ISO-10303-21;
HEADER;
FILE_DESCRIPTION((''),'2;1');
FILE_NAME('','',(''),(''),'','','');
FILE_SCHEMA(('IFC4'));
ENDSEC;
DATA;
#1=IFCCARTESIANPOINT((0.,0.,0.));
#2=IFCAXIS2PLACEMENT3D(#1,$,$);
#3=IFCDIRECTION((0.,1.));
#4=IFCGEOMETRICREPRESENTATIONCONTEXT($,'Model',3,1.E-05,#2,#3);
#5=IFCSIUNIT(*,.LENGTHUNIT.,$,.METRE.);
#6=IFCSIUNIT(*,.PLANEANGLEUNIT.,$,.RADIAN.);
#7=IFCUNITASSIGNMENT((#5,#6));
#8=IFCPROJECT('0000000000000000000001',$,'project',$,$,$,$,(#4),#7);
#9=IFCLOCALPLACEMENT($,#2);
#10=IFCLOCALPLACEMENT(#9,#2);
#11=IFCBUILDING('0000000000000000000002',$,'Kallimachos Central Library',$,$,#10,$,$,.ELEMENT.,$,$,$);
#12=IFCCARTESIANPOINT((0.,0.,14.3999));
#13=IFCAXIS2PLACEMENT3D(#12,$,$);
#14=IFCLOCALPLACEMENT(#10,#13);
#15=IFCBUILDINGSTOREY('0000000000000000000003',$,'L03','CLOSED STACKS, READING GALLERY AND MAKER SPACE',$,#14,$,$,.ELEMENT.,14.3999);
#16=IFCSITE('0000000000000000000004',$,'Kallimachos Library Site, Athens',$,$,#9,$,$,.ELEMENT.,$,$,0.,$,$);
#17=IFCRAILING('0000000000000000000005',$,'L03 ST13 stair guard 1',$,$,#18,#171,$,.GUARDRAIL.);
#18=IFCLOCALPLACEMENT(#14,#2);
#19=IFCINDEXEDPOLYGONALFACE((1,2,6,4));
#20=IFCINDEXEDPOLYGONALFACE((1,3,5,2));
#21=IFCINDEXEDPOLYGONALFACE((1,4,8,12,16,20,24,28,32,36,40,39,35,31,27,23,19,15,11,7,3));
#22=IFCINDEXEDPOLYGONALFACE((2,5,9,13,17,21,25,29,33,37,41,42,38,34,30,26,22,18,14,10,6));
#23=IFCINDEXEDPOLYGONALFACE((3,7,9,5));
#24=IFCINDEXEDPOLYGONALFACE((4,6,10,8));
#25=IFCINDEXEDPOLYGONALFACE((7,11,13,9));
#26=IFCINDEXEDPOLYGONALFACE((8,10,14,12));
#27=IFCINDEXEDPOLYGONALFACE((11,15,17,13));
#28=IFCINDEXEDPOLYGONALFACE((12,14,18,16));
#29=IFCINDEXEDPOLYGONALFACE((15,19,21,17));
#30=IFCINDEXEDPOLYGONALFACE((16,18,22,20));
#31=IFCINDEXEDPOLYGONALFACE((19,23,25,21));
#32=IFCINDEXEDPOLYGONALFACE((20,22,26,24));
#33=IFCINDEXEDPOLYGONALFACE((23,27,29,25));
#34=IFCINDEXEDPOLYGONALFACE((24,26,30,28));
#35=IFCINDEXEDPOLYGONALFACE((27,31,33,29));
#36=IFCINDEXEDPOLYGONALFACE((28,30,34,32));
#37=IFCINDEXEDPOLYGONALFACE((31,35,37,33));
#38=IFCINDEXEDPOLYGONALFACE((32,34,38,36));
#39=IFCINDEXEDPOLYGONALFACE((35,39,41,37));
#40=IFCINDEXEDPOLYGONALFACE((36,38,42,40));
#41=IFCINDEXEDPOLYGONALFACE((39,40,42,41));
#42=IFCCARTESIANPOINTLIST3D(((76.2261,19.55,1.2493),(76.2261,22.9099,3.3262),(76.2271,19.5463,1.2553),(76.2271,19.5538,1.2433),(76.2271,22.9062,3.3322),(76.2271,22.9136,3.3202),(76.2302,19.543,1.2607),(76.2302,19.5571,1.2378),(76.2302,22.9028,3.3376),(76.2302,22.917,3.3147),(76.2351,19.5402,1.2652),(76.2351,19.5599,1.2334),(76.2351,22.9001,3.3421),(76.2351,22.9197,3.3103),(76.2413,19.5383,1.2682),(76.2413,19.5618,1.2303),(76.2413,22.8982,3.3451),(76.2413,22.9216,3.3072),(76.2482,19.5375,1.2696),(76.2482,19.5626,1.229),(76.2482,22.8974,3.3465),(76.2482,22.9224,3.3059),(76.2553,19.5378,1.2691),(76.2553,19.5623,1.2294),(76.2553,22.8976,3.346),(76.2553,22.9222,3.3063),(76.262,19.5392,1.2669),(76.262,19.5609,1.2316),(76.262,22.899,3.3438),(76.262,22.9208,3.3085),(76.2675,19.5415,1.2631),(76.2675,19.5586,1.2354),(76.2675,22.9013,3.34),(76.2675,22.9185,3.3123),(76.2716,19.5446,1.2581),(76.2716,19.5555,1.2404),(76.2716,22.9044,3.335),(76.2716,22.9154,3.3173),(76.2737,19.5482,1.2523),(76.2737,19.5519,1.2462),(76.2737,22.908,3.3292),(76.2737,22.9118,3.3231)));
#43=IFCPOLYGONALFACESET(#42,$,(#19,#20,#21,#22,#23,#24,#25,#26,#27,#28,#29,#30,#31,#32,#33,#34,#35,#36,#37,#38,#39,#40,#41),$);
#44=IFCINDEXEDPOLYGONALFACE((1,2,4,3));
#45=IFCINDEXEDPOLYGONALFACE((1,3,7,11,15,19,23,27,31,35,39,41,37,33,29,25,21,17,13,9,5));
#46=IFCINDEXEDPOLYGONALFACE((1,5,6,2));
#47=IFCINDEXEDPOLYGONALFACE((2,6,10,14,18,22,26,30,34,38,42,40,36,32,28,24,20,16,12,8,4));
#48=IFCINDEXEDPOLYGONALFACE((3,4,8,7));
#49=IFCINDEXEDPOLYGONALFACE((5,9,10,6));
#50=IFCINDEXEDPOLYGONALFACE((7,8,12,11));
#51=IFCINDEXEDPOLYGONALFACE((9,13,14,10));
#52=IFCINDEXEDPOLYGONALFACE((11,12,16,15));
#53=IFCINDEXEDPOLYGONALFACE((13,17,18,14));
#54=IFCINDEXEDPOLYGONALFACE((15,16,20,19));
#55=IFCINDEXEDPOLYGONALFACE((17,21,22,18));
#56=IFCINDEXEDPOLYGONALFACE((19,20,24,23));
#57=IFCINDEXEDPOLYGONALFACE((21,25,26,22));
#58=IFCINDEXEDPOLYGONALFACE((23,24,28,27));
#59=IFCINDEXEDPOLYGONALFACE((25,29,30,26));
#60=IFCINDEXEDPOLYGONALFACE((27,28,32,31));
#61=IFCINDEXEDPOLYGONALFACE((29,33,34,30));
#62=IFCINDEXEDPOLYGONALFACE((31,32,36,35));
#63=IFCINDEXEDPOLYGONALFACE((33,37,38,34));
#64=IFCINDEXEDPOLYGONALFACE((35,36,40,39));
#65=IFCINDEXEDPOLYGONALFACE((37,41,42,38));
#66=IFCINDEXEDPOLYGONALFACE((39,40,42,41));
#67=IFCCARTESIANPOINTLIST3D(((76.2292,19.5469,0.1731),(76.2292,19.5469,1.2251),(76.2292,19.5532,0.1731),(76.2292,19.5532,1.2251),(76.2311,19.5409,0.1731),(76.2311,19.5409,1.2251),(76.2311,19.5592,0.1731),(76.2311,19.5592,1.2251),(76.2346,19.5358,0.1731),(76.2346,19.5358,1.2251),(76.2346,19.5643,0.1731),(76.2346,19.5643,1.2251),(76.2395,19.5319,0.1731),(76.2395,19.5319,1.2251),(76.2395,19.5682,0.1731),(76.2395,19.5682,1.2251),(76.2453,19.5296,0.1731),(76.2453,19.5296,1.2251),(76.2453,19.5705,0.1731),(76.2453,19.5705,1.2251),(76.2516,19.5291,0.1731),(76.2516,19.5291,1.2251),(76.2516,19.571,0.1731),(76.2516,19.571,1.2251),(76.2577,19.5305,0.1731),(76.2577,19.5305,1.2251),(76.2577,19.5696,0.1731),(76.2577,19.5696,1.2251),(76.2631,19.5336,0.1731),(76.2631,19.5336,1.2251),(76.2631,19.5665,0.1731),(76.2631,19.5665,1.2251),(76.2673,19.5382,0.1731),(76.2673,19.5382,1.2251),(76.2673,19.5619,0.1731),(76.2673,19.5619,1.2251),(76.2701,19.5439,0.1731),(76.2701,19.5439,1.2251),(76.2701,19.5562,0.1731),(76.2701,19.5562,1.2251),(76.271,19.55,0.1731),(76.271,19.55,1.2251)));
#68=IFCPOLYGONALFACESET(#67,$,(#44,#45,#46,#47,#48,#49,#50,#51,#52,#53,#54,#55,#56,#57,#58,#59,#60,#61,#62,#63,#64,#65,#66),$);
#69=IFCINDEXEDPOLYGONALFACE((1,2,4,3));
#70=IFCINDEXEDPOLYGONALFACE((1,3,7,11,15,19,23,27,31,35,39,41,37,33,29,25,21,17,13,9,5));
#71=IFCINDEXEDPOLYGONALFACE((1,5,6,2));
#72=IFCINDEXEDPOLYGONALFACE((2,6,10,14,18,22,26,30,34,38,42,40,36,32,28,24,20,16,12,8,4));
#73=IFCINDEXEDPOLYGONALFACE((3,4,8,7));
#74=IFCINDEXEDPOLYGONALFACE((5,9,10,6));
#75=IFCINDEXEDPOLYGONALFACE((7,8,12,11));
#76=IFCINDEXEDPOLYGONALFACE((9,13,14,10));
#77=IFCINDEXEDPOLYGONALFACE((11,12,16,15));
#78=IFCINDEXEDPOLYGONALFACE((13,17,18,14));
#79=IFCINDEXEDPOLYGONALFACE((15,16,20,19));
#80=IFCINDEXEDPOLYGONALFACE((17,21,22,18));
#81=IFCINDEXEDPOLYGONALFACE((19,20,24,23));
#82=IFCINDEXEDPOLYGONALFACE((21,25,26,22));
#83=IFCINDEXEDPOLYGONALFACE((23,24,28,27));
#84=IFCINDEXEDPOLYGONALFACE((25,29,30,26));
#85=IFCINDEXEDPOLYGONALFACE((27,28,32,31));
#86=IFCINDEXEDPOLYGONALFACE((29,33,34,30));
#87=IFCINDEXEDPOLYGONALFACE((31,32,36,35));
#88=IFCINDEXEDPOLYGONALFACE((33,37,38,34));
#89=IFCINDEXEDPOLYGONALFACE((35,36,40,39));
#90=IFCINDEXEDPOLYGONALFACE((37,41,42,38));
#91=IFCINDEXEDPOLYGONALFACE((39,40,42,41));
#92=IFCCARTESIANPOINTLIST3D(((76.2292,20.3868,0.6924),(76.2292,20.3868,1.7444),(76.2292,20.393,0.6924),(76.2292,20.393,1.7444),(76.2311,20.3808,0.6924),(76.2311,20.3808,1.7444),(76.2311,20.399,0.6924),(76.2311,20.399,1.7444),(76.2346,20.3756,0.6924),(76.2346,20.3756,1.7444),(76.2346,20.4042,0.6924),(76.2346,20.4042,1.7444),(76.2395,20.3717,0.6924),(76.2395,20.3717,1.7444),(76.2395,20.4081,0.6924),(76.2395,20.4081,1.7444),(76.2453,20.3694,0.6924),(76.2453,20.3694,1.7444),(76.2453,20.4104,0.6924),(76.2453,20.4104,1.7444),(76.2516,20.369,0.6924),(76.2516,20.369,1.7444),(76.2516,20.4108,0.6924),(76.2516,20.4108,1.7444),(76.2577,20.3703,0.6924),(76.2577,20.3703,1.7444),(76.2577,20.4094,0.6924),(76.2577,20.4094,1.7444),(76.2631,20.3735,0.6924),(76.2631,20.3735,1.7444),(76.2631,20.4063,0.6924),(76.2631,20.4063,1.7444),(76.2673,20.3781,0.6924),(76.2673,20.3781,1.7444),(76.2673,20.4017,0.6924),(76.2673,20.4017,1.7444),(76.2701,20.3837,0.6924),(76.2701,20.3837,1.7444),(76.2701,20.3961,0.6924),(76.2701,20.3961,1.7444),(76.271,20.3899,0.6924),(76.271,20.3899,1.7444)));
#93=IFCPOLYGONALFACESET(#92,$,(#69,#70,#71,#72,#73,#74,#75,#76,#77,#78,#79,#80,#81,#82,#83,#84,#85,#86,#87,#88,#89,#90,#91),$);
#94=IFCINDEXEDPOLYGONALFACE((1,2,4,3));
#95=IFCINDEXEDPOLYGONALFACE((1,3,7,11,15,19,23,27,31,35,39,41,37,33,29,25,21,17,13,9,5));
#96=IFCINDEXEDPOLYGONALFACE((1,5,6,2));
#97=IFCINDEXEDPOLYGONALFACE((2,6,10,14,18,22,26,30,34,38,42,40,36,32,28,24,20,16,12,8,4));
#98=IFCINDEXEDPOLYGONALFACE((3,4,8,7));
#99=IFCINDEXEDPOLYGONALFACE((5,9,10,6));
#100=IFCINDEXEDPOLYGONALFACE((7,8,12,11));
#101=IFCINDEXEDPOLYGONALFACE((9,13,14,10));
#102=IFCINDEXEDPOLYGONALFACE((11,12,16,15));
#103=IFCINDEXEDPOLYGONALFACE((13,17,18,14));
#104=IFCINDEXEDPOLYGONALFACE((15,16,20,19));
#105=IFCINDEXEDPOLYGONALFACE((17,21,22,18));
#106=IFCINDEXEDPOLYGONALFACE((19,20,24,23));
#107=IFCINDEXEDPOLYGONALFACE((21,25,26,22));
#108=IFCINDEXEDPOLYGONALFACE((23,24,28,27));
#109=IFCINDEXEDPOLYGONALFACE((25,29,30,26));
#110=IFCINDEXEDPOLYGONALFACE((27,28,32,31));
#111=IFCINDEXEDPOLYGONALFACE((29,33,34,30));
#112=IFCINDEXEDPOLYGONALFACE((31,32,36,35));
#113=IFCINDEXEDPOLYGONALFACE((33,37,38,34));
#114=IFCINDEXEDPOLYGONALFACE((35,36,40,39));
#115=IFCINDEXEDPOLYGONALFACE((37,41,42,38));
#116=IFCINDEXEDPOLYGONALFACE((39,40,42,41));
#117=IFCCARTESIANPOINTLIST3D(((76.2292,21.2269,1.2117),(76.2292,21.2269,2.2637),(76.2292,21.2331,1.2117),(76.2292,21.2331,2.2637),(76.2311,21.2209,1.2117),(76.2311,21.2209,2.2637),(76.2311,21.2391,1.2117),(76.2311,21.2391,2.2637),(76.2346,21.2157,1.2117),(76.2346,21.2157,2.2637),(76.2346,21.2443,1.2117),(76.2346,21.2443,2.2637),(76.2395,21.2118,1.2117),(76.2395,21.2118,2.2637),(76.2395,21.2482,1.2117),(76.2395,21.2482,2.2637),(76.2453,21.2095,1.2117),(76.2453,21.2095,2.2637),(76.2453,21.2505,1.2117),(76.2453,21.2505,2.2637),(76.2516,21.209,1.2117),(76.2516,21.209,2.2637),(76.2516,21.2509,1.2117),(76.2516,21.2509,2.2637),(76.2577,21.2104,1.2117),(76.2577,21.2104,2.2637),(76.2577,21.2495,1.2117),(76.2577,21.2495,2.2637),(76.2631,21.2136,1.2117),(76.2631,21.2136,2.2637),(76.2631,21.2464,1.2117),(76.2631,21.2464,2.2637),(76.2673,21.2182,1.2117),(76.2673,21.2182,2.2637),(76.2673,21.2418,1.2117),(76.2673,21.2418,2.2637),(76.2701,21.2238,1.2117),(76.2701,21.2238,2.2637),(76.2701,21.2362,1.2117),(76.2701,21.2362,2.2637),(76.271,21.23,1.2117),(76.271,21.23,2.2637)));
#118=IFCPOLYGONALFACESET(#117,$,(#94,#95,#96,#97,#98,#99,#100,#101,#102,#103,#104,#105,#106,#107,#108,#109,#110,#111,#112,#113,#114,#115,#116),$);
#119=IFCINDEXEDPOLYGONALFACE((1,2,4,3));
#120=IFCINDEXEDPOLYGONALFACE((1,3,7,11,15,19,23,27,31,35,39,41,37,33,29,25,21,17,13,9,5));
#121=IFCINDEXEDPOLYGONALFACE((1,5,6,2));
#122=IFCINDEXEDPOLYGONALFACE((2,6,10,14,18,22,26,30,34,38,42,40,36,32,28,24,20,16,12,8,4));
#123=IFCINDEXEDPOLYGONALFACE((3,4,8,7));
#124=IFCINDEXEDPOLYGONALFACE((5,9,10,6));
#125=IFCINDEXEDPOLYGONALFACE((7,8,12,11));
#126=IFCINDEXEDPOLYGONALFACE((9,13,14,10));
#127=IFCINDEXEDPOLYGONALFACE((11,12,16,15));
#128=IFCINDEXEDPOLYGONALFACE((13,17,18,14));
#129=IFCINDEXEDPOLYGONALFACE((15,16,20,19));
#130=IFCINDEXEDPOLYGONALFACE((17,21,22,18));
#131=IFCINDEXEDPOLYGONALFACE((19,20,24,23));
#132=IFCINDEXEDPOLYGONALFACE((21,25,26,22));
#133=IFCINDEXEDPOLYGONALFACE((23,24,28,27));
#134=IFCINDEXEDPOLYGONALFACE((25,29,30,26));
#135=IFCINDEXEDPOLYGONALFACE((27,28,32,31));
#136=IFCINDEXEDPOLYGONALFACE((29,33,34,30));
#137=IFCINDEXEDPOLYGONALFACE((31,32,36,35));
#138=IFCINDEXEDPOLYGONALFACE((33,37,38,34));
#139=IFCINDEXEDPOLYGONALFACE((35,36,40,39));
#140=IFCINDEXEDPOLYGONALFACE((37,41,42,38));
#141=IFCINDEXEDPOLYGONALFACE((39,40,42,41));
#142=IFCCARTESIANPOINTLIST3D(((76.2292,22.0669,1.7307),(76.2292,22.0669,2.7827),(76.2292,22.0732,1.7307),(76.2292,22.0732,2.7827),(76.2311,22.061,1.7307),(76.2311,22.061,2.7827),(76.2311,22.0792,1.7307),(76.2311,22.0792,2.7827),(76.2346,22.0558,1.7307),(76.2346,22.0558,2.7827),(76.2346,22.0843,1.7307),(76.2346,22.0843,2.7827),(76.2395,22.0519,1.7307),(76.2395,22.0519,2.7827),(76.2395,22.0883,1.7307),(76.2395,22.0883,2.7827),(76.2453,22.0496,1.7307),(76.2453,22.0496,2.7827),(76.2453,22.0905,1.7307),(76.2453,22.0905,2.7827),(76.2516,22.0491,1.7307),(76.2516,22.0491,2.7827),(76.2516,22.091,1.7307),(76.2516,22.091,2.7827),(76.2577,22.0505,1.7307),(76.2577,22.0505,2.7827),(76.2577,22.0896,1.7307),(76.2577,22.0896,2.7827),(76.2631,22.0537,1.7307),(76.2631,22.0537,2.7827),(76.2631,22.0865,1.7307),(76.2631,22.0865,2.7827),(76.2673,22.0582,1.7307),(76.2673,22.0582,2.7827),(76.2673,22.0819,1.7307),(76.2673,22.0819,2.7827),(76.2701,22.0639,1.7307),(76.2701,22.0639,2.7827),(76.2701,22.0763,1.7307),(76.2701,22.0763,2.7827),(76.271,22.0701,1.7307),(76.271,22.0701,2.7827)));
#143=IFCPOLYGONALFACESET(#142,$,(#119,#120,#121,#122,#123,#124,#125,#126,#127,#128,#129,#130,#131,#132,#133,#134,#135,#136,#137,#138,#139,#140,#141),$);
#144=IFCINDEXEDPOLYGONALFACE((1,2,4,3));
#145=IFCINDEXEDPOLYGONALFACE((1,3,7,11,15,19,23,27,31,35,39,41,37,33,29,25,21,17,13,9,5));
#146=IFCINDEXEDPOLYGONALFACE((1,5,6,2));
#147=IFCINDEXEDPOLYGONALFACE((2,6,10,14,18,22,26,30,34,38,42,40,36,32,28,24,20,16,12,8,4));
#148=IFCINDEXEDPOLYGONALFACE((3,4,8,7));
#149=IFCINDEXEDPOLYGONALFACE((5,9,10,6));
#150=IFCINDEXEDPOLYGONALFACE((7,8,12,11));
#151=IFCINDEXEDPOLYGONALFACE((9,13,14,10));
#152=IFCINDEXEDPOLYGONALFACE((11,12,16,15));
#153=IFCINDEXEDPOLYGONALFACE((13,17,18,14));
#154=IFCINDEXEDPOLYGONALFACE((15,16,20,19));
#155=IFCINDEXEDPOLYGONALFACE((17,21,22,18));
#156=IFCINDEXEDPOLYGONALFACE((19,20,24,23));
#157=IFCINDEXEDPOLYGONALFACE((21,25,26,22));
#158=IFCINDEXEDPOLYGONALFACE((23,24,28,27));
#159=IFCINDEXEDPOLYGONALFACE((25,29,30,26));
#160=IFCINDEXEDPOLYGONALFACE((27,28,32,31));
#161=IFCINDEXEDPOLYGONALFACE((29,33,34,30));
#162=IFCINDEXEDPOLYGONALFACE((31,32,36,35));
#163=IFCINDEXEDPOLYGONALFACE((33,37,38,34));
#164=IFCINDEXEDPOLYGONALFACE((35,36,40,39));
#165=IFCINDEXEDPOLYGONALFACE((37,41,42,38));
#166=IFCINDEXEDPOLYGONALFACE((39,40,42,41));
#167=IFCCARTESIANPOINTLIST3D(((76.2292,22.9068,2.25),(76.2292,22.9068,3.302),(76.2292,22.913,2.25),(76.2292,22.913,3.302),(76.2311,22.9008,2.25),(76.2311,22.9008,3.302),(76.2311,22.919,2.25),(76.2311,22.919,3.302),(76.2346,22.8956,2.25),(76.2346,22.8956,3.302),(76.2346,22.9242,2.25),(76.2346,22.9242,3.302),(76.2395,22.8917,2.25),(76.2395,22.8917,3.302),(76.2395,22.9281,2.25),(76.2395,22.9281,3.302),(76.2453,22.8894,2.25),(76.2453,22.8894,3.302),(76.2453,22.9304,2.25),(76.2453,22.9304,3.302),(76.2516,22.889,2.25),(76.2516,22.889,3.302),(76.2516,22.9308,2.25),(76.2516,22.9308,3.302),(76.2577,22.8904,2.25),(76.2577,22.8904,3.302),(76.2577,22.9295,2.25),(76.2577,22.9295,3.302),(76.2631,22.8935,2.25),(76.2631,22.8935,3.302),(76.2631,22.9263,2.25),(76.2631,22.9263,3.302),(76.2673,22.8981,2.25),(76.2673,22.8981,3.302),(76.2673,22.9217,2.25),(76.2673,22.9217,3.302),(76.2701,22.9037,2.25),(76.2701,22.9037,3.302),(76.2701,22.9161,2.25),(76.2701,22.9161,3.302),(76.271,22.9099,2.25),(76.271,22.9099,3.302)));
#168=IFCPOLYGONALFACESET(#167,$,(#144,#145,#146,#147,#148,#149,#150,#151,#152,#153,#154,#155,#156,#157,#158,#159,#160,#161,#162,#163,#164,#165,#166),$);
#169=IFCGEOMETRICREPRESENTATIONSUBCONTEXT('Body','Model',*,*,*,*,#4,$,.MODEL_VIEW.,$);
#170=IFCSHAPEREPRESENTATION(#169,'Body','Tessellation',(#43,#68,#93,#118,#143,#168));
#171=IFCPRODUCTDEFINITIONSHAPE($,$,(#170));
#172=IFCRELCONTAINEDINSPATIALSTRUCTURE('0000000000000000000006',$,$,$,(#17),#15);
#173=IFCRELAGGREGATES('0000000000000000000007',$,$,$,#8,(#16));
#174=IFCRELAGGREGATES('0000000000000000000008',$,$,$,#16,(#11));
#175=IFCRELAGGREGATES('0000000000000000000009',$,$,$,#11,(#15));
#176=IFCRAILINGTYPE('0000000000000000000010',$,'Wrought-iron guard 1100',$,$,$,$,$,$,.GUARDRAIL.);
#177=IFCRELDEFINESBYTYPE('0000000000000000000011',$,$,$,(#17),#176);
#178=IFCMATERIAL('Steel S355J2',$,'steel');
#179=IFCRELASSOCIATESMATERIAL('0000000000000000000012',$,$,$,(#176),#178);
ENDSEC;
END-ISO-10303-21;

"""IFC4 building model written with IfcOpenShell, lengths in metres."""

from ifc_helpers import new_model, si_unit, direction, frame, origin, origin_2d, place, context, subcontext, project, spatial, circle, extrude, material, type_object, element, save


model = new_model("IFC4")

# Units and contexts
model_context = context("Model", 3, precision=1e-05, world=origin(), true_north=direction((0.0, 1.0)))
body_context = subcontext(model_context, "Body", "Model", "MODEL_VIEW")
ifc_project = project(units=[si_unit("LENGTHUNIT", "METRE"), si_unit("PLANEANGLEUNIT", "RADIAN")], contexts=[model_context])

# Site, building, storey
site_placement = place(None, origin())
site = spatial("IfcSite", under=ifc_project, at=site_placement, Name="Kallimachos Library Site, Athens", CompositionType="ELEMENT", RefElevation=0.0)
building_placement = place(site_placement, origin())
building = spatial("IfcBuilding", under=site, at=building_placement, Name="Kallimachos Central Library", CompositionType="ELEMENT")
storey_placement = place(building_placement, frame((0.0, 0.0, 14.3999)))
storey = spatial("IfcBuildingStorey", under=building, at=storey_placement, Name="L03", Description="CLOSED STACKS, READING GALLERY AND MAKER SPACE", CompositionType="ELEMENT", Elevation=14.3999)

# Railing
ifc_material_1 = material(Name="Steel S355J2", Category="steel")
railing_type_1 = type_object("IfcRailingType", Name="Wrought-iron guard 1100", PredefinedType="GUARDRAIL", material=ifc_material_1)
railing_1_placement = place(storey_placement, frame((76.25, 19.55, 0.1731)))
element("IfcRailing", 1, at=railing_1_placement, inside=storey, type_object=railing_type_1, Name="L03 ST13 stair guard 1", PredefinedType="GUARDRAIL", context=body_context, shape_type="SweptSolid", body=[
    extrude(circle(Radius=0.0239, at=origin_2d()), frame((0.0, 0.0, 1.0762), z_axis=(0.0, 0.850606, 0.525803), x_axis=(-1.0, 0.0, 0.0)), (0.0, 0.0, 1.0), 3.95),
    extrude(circle(Radius=0.021, at=origin_2d()), origin(), (0.0, 0.0, 1.0), 1.052),
    extrude(circle(Radius=0.021, at=origin_2d()), frame((0.0, 0.8398, 0.5193)), (0.0, 0.0, 1.0), 1.052),
    extrude(circle(Radius=0.021, at=origin_2d()), frame((0.0, 1.6799, 1.0386)), (0.0, 0.0, 1.0), 1.052),
    extrude(circle(Radius=0.021, at=origin_2d()), frame((0.0, 2.52, 1.5576)), (0.0, 0.0, 1.0), 1.052),
    extrude(circle(Radius=0.021, at=origin_2d()), frame((0.0, 3.3599, 2.0769)), (0.0, 0.0, 1.0), 1.052),
])

save(model, "model.ifc")
